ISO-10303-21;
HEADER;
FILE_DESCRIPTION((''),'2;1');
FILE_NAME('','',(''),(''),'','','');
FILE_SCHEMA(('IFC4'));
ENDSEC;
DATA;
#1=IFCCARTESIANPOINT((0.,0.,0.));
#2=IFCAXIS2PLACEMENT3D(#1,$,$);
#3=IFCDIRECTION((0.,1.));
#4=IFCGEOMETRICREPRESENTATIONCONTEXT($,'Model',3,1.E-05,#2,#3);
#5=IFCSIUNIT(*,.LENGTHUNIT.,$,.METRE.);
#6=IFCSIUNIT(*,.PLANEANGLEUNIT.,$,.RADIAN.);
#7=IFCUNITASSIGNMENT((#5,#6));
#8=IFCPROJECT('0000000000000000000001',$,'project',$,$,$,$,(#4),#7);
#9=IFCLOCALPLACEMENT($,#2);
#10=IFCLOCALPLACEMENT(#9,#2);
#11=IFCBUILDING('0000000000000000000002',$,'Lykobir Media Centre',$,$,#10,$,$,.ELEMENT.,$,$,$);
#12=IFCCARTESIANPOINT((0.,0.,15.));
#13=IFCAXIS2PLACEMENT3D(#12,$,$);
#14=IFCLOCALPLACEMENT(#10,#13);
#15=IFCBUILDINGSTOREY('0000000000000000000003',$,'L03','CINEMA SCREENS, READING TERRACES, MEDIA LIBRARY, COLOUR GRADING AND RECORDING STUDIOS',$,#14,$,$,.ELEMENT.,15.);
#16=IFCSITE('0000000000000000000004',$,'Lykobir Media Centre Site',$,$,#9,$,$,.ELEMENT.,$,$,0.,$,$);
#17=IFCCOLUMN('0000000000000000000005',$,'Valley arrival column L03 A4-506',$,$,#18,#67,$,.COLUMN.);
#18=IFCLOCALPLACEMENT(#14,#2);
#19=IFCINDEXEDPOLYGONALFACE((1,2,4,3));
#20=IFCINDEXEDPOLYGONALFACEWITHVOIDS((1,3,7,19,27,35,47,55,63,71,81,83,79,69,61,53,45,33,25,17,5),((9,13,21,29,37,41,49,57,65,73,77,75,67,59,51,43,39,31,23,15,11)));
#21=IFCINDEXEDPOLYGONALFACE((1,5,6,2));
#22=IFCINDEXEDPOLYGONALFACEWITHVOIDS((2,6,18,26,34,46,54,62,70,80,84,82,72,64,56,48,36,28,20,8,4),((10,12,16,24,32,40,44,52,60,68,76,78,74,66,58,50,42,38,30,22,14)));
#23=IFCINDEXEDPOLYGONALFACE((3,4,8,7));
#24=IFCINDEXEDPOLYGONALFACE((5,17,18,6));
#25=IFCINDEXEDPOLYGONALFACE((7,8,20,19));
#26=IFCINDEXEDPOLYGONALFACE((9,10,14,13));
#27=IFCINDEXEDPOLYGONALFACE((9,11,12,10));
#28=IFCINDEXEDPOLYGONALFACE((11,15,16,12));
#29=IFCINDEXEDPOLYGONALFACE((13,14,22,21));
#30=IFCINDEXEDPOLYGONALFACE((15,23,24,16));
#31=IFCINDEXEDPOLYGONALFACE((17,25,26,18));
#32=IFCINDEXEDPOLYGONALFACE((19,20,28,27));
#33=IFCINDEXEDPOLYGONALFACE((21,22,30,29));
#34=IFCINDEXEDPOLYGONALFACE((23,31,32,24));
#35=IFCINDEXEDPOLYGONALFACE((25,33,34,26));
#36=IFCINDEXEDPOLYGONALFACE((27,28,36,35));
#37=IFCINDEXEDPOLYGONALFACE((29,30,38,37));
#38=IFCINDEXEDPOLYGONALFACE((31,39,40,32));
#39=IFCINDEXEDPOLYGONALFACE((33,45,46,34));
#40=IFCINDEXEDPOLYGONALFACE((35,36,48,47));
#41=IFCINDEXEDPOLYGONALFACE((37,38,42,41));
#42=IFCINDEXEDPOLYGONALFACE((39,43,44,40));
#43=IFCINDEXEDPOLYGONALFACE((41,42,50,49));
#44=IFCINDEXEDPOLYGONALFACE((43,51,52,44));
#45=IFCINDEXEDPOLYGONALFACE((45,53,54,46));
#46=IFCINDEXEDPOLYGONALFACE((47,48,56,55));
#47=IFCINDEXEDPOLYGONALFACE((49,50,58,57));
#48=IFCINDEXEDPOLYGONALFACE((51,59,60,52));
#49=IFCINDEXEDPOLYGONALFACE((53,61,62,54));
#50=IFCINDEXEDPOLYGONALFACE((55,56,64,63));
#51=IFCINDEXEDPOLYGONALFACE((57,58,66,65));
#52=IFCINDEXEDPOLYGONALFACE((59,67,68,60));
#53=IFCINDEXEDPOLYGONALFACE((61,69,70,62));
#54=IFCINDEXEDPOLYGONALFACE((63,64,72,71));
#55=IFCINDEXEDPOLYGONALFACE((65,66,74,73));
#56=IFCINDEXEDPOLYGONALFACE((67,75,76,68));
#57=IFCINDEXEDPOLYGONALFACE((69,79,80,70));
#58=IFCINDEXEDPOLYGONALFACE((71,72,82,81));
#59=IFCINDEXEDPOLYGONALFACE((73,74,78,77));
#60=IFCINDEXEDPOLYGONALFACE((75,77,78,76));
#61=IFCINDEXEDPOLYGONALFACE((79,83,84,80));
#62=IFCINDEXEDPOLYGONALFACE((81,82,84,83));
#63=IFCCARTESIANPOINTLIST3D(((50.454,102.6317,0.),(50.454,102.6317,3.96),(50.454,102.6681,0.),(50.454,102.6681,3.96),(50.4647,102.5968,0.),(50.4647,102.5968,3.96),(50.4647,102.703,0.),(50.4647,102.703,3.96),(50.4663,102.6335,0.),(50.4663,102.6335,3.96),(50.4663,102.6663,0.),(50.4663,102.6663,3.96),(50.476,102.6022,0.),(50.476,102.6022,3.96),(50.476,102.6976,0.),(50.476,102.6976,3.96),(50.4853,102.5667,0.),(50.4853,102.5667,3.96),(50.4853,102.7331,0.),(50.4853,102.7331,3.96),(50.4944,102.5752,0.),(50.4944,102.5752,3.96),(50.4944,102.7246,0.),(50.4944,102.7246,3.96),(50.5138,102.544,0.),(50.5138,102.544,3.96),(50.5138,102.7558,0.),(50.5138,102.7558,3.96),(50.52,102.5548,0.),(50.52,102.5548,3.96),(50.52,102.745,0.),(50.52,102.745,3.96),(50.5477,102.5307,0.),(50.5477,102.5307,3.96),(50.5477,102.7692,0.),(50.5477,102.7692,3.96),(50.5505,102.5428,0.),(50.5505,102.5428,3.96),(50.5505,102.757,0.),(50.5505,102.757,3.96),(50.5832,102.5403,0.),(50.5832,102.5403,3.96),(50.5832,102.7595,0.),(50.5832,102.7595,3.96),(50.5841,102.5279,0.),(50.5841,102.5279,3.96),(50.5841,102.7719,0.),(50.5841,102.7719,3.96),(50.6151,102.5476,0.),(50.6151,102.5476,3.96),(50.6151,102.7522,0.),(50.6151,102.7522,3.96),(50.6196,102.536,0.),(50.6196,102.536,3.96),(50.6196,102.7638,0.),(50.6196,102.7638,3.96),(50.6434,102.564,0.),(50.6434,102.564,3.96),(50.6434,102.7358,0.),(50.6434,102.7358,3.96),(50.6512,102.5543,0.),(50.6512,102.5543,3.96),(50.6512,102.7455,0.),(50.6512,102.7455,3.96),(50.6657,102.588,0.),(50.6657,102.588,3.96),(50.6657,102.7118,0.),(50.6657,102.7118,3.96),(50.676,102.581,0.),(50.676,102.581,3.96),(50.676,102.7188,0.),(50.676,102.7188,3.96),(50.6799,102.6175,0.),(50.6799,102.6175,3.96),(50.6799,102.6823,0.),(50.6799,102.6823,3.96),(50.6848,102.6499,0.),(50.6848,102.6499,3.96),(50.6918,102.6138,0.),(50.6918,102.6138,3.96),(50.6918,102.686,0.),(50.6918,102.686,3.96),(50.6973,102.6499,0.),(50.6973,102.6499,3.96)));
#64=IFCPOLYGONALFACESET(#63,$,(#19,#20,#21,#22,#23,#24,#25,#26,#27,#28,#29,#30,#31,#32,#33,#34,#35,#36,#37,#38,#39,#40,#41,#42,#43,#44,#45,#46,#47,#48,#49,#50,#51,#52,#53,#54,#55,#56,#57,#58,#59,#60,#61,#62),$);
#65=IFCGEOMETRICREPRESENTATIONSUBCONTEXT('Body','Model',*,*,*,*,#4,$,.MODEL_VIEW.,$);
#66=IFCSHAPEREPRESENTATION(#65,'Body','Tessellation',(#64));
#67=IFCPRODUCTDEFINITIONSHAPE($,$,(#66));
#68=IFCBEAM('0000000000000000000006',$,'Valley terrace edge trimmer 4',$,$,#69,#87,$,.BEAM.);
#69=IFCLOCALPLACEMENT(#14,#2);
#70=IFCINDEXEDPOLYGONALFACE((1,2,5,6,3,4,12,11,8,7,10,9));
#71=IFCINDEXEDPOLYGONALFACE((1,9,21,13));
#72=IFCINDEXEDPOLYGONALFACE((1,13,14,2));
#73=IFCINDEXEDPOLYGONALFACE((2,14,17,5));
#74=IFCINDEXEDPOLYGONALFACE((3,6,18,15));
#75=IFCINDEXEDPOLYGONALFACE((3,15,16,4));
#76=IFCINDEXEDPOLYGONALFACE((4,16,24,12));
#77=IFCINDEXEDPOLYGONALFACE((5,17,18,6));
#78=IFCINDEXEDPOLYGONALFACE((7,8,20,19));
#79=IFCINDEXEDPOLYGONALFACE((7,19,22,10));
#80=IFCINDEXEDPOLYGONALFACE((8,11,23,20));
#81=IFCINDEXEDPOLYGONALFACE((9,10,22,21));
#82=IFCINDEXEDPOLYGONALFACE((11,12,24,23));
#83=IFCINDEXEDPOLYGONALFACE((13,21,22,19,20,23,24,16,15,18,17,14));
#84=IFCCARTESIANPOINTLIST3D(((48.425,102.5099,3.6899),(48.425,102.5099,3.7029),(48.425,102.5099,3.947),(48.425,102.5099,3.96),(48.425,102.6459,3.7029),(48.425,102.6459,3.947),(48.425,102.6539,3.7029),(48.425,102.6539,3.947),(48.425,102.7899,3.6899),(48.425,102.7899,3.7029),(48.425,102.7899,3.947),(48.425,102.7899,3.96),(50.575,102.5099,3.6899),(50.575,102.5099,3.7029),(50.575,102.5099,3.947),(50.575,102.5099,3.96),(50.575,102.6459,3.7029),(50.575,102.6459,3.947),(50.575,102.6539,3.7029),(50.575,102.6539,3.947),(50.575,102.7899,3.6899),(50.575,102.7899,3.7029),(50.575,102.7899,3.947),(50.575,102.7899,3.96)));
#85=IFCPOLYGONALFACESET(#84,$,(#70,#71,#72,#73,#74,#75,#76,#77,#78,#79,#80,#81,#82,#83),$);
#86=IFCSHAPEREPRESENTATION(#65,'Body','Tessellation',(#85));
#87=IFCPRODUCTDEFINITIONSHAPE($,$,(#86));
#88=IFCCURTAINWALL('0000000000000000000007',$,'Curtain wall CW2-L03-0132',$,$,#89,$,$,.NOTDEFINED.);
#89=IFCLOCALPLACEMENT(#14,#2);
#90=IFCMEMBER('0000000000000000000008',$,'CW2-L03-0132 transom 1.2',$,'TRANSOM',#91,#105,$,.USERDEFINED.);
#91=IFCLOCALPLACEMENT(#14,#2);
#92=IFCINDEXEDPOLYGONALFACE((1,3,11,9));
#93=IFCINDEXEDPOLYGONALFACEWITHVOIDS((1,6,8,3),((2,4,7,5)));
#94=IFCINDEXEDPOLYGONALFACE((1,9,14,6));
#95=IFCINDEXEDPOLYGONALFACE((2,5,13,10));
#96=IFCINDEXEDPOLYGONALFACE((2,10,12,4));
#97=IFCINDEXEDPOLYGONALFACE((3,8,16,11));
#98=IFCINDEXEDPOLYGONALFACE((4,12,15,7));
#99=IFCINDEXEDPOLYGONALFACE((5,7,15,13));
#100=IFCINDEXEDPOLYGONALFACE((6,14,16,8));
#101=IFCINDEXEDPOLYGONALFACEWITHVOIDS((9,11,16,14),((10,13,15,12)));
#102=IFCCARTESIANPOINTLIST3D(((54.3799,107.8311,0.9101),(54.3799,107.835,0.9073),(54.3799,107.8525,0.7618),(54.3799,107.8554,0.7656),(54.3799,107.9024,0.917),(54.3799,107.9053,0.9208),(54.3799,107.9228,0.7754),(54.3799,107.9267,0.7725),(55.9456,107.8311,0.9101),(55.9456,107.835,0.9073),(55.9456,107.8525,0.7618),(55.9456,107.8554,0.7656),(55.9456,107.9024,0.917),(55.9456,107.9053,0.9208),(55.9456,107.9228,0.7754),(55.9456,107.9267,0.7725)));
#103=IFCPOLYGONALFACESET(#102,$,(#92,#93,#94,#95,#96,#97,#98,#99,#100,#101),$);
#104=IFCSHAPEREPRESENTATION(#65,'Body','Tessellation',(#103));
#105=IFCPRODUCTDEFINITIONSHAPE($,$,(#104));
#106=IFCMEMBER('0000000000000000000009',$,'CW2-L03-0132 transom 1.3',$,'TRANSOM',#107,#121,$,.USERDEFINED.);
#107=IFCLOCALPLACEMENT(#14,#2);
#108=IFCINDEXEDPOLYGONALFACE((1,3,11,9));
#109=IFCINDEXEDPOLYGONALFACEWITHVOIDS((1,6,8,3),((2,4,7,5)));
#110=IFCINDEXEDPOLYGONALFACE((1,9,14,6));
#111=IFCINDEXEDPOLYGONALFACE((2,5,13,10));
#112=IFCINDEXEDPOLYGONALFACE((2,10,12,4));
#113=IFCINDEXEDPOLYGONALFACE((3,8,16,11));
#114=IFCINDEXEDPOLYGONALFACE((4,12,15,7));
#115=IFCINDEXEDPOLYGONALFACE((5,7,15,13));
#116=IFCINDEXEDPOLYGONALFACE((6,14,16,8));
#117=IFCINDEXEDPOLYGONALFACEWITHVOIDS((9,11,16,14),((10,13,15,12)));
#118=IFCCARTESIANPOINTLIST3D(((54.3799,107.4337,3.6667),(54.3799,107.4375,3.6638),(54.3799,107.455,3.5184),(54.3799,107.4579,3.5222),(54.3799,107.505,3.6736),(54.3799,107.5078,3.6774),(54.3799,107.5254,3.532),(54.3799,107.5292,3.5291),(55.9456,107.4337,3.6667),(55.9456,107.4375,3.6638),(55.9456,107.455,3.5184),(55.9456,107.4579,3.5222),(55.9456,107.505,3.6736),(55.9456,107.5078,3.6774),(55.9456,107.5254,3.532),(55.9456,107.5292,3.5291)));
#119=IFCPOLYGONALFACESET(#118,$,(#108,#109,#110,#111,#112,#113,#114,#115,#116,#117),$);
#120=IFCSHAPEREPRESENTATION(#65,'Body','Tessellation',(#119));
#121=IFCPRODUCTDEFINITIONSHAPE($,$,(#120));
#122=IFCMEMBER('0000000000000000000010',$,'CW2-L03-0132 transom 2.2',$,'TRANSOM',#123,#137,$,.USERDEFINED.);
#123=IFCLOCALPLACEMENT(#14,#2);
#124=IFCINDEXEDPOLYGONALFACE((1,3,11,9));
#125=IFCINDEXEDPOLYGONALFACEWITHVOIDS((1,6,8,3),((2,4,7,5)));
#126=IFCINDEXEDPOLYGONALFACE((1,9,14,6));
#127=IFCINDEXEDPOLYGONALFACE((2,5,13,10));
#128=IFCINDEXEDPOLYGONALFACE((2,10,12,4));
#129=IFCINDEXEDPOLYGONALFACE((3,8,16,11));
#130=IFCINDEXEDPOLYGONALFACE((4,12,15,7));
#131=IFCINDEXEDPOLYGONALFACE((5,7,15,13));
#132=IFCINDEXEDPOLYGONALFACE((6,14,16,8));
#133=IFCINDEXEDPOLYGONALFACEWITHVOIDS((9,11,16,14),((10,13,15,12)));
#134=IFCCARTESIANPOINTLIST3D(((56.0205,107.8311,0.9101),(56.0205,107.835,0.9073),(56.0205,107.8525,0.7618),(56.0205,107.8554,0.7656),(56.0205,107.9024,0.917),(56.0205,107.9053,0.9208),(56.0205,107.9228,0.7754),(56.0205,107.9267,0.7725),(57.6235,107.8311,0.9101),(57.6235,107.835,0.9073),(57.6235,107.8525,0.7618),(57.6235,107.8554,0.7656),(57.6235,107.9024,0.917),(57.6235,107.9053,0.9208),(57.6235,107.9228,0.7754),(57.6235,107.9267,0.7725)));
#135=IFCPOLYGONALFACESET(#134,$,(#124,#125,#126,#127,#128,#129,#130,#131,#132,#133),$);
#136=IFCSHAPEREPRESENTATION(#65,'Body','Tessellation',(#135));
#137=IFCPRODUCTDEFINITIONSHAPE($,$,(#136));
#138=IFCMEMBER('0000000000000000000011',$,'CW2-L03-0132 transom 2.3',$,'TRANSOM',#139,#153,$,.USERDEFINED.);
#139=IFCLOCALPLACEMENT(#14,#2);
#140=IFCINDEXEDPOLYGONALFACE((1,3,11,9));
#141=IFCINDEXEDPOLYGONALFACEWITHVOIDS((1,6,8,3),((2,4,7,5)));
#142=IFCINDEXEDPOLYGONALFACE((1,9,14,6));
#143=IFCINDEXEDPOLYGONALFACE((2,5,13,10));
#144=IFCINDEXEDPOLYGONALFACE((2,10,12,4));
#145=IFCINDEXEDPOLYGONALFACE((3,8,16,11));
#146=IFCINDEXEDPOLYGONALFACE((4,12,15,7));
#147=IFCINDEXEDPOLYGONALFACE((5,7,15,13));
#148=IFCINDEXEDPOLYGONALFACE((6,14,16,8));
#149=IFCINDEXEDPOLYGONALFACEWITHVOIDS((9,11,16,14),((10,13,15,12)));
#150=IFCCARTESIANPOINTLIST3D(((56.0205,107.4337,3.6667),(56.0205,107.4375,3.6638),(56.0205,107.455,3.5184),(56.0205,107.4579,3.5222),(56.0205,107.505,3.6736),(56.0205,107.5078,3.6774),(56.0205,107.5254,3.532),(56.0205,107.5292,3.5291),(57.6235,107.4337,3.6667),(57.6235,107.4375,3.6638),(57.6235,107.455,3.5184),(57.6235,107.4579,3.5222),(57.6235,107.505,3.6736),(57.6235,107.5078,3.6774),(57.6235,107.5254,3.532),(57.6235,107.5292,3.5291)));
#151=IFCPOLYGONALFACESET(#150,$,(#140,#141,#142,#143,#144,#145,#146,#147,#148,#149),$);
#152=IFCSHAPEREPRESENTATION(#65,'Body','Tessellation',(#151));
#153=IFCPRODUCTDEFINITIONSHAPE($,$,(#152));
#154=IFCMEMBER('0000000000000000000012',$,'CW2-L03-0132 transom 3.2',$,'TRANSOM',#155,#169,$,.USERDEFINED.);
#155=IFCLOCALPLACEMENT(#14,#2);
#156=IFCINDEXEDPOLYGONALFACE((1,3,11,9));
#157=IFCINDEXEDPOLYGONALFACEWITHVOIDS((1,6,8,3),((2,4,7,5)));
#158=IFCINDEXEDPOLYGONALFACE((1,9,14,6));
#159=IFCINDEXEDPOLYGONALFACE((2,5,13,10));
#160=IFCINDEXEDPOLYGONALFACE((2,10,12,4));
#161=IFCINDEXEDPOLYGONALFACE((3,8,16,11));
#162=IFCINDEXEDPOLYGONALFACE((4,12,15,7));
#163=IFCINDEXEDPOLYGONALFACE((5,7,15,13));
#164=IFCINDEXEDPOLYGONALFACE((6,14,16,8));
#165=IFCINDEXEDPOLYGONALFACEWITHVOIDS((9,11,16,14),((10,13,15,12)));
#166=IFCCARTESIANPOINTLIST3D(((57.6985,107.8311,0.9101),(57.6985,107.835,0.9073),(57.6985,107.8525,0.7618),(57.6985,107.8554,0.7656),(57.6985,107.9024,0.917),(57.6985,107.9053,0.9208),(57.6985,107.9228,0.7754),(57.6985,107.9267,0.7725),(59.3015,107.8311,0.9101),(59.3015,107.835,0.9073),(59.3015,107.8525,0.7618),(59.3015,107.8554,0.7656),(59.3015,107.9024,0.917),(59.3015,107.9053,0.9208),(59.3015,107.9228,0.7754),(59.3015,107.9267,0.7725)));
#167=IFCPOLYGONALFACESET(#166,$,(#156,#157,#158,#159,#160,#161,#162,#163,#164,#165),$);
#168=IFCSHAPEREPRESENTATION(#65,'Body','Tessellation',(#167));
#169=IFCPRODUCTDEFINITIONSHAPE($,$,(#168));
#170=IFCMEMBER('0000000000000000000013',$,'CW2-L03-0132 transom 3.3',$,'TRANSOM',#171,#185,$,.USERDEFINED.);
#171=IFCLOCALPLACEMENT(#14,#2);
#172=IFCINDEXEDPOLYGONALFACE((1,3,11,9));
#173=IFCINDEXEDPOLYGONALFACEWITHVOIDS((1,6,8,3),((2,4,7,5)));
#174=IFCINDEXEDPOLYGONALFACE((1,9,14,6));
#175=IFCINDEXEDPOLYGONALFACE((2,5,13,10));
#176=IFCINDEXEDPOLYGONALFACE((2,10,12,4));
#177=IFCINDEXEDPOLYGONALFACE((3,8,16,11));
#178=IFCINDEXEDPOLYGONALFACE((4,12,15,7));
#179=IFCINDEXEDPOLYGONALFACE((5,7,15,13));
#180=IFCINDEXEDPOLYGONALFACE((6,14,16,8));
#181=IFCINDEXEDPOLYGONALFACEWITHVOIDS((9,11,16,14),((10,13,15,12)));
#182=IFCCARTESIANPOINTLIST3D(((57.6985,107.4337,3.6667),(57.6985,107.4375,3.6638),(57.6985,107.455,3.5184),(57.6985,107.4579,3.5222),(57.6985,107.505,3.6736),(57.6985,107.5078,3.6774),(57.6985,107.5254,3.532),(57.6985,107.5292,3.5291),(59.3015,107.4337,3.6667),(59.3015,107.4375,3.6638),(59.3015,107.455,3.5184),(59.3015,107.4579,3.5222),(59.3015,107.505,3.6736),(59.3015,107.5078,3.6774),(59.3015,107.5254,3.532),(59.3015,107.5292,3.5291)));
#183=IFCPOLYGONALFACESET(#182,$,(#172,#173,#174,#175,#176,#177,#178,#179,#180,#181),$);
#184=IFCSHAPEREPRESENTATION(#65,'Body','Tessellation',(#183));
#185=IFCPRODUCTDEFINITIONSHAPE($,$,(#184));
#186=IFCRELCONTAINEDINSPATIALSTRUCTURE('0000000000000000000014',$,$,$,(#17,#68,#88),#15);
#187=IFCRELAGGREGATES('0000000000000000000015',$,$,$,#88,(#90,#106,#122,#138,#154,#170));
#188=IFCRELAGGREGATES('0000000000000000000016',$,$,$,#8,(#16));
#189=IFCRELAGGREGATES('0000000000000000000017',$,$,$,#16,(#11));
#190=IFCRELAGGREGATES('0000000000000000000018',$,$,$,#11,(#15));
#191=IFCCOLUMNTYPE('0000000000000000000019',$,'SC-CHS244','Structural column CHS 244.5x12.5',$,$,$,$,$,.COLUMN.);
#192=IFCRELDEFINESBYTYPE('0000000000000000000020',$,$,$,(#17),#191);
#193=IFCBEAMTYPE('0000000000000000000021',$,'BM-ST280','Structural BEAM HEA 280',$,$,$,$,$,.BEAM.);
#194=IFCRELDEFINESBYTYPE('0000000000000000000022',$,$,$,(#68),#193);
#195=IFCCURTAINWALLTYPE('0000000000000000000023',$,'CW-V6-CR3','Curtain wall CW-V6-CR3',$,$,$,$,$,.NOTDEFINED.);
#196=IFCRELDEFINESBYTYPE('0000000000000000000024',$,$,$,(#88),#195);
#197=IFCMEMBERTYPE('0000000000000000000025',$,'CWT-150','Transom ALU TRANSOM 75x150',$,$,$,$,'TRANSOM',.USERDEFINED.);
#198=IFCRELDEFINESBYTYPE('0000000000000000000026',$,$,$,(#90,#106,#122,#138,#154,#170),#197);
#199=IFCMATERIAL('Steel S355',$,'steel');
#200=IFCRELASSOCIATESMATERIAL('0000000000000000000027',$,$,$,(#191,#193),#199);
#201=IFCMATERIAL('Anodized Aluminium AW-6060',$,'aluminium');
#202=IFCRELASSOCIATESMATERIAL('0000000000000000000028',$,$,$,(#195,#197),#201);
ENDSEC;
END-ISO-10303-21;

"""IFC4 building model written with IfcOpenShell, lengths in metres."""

from ifc_helpers import new_model, si_unit, direction, frame, origin, origin_2d, place, context, subcontext, project, spatial, hollow_rectangle, hollow_circle, i_section, extrude, material, material_profile, profile_set, type_object, element, aggregate, save


model = new_model("IFC4")

# Units and contexts
model_context = context("Model", 3, precision=1e-05, world=origin(), true_north=direction((0.0, 1.0)))
body_context = subcontext(model_context, "Body", "Model", "MODEL_VIEW")
ifc_project = project(units=[si_unit("LENGTHUNIT", "METRE"), si_unit("PLANEANGLEUNIT", "RADIAN")], contexts=[model_context])

# Site, building, storey
site_placement = place(None, origin())
site = spatial("IfcSite", under=ifc_project, at=site_placement, Name="Lykobir Media Centre Site", CompositionType="ELEMENT", RefElevation=0.0)
building_placement = place(site_placement, origin())
building = spatial("IfcBuilding", under=site, at=building_placement, Name="Lykobir Media Centre", CompositionType="ELEMENT")
storey_placement = place(building_placement, frame((0.0, 0.0, 15.0)))
storey = spatial("IfcBuildingStorey", under=building, at=storey_placement, Name="L03", Description="CINEMA SCREENS, READING TERRACES, MEDIA LIBRARY, COLOUR GRADING AND RECORDING STUDIOS", CompositionType="ELEMENT", Elevation=15.0)

# Column
ifc_material_1 = material(Name="Steel S355", Category="steel")
ifc_material_profile_1 = material_profile(ifc_material_1, hollow_circle(Radius=0.1223, WallThickness=0.0125, at=origin_2d()), Name="CHS 244.5x12.5")
ifc_profile_set_1 = profile_set([ifc_material_profile_1], Name="Steel S355")
column_type = type_object("IfcColumnType", Name="SC-CHS244", Description="Structural column CHS 244.5x12.5", PredefinedType="COLUMN", material=ifc_profile_set_1)
column_placement = place(storey_placement, frame((50.575, 102.6499, 0.0), z_axis=(0.0, 0.0, 1.0), x_axis=(1.0, 0.0, 0.0)))
element("IfcColumn", 1, at=column_placement, inside=storey, type_object=column_type, Name="Valley arrival column L03 A4-506", PredefinedType="COLUMN", context=body_context, shape_type="SweptSolid", body=[
    extrude(hollow_circle(Radius=0.1223, WallThickness=0.0125, at=origin_2d()), origin(), (0.0, 0.0, 1.0), 3.96),
])

# Beam
ifc_material_profile_2 = material_profile(ifc_material_1, i_section(OverallWidth=0.28, OverallDepth=0.27, WebThickness=0.0081, FlangeThickness=0.0129, at=origin_2d()), Name="HEA 280")
ifc_profile_set_2 = profile_set([ifc_material_profile_2], Name="Steel S355")
beam_type_1 = type_object("IfcBeamType", Name="BM-ST280", Description="Structural BEAM HEA 280", PredefinedType="BEAM", material=ifc_profile_set_2)
beam_placement = place(storey_placement, frame((48.425, 102.6499, 3.825), z_axis=(1.0, 0.0, 0.0), x_axis=(0.0, 1.0, 0.0)))
element("IfcBeam", 2, at=beam_placement, inside=storey, type_object=beam_type_1, Name="Valley terrace edge trimmer 4", PredefinedType="BEAM", context=body_context, shape_type="SweptSolid", body=[
    extrude(i_section(OverallWidth=0.28, OverallDepth=0.27, WebThickness=0.0081, FlangeThickness=0.0129, at=origin_2d()), origin(), (0.0, 0.0, 1.0), 2.1499),
])

# Curtain wall, members
ifc_material_2 = material(Name="Anodized Aluminium AW-6060", Category="aluminium")
curtain_wall_type = type_object("IfcCurtainWallType", Name="CW-V6-CR3", Description="Curtain wall CW-V6-CR3", PredefinedType="NOTDEFINED", material=ifc_material_2)
curtain_wall_placement = place(storey_placement, origin())
curtain_wall = element("IfcCurtainWall", 3, at=curtain_wall_placement, inside=storey, type_object=curtain_wall_type, Name="Curtain wall CW2-L03-0132", PredefinedType="NOTDEFINED")
ifc_material_profile_3 = material_profile(ifc_material_2, hollow_rectangle(XDim=0.075, YDim=0.1499, WallThickness=0.0034, at=origin_2d()), Name="ALU TRANSOM 75x150")
ifc_profile_set_3 = profile_set([ifc_material_profile_3], Name="Anodized Aluminium AW-6060")
member_type = type_object("IfcMemberType", Name="CWT-150", Description="Transom ALU TRANSOM 75x150", ElementType="TRANSOM", PredefinedType="USERDEFINED", material=ifc_profile_set_3)
member_1_placement = place(storey_placement, frame((54.3799, 107.8789, 0.8413), z_axis=(1.0, 0.0, 0.0), x_axis=(0.0, 0.989776, 0.142629)))
member_1 = element("IfcMember", 4, at=member_1_placement, type_object=member_type, Name="CW2-L03-0132 transom 1.2", ObjectType="TRANSOM", PredefinedType="USERDEFINED", context=body_context, shape_type="SweptSolid", body=[
    extrude(hollow_rectangle(XDim=0.075, YDim=0.1499, WallThickness=0.0034, at=origin_2d()), origin(), (0.0, 0.0, 1.0), 1.5657),
])
member_2_placement = place(storey_placement, frame((54.3799, 107.4814, 3.5979), z_axis=(1.0, 0.0, 0.0), x_axis=(0.0, 0.989776, 0.142629)))
member_2 = element("IfcMember", 5, at=member_2_placement, type_object=member_type, Name="CW2-L03-0132 transom 1.3", ObjectType="TRANSOM", PredefinedType="USERDEFINED", context=body_context, shape_type="SweptSolid", body=[
    extrude(hollow_rectangle(XDim=0.075, YDim=0.1499, WallThickness=0.0034, at=origin_2d()), origin(), (0.0, 0.0, 1.0), 1.5657),
])
member_3_placement = place(storey_placement, frame((56.0205, 107.8789, 0.8413), z_axis=(1.0, 0.0, 0.0), x_axis=(0.0, 0.989776, 0.142629)))
member_3 = element("IfcMember", 6, at=member_3_placement, type_object=member_type, Name="CW2-L03-0132 transom 2.2", ObjectType="TRANSOM", PredefinedType="USERDEFINED", context=body_context, shape_type="SweptSolid", body=[
    extrude(hollow_rectangle(XDim=0.075, YDim=0.1499, WallThickness=0.0034, at=origin_2d()), origin(), (0.0, 0.0, 1.0), 1.603),
])
member_4_placement = place(storey_placement, frame((56.0205, 107.4814, 3.5979), z_axis=(1.0, 0.0, 0.0), x_axis=(0.0, 0.989776, 0.142629)))
member_4 = element("IfcMember", 7, at=member_4_placement, type_object=member_type, Name="CW2-L03-0132 transom 2.3", ObjectType="TRANSOM", PredefinedType="USERDEFINED", context=body_context, shape_type="SweptSolid", body=[
    extrude(hollow_rectangle(XDim=0.075, YDim=0.1499, WallThickness=0.0034, at=origin_2d()), origin(), (0.0, 0.0, 1.0), 1.603),
])
member_5_placement = place(storey_placement, frame((57.6985, 107.8789, 0.8413), z_axis=(1.0, 0.0, 0.0), x_axis=(0.0, 0.989776, 0.142629)))
member_5 = element("IfcMember", 8, at=member_5_placement, type_object=member_type, Name="CW2-L03-0132 transom 3.2", ObjectType="TRANSOM", PredefinedType="USERDEFINED", context=body_context, shape_type="SweptSolid", body=[
    extrude(hollow_rectangle(XDim=0.075, YDim=0.1499, WallThickness=0.0034, at=origin_2d()), origin(), (0.0, 0.0, 1.0), 1.603),
])
member_6_placement = place(storey_placement, frame((57.6985, 107.4814, 3.5979), z_axis=(1.0, 0.0, 0.0), x_axis=(0.0, 0.989776, 0.142629)))
member_6 = element("IfcMember", 9, at=member_6_placement, type_object=member_type, Name="CW2-L03-0132 transom 3.3", ObjectType="TRANSOM", PredefinedType="USERDEFINED", context=body_context, shape_type="SweptSolid", body=[
    extrude(hollow_rectangle(XDim=0.075, YDim=0.1499, WallThickness=0.0034, at=origin_2d()), origin(), (0.0, 0.0, 1.0), 1.603),
])

aggregate(curtain_wall, [member_1, member_2, member_3, member_4, member_5, member_6])

save(model, "model.ifc")
